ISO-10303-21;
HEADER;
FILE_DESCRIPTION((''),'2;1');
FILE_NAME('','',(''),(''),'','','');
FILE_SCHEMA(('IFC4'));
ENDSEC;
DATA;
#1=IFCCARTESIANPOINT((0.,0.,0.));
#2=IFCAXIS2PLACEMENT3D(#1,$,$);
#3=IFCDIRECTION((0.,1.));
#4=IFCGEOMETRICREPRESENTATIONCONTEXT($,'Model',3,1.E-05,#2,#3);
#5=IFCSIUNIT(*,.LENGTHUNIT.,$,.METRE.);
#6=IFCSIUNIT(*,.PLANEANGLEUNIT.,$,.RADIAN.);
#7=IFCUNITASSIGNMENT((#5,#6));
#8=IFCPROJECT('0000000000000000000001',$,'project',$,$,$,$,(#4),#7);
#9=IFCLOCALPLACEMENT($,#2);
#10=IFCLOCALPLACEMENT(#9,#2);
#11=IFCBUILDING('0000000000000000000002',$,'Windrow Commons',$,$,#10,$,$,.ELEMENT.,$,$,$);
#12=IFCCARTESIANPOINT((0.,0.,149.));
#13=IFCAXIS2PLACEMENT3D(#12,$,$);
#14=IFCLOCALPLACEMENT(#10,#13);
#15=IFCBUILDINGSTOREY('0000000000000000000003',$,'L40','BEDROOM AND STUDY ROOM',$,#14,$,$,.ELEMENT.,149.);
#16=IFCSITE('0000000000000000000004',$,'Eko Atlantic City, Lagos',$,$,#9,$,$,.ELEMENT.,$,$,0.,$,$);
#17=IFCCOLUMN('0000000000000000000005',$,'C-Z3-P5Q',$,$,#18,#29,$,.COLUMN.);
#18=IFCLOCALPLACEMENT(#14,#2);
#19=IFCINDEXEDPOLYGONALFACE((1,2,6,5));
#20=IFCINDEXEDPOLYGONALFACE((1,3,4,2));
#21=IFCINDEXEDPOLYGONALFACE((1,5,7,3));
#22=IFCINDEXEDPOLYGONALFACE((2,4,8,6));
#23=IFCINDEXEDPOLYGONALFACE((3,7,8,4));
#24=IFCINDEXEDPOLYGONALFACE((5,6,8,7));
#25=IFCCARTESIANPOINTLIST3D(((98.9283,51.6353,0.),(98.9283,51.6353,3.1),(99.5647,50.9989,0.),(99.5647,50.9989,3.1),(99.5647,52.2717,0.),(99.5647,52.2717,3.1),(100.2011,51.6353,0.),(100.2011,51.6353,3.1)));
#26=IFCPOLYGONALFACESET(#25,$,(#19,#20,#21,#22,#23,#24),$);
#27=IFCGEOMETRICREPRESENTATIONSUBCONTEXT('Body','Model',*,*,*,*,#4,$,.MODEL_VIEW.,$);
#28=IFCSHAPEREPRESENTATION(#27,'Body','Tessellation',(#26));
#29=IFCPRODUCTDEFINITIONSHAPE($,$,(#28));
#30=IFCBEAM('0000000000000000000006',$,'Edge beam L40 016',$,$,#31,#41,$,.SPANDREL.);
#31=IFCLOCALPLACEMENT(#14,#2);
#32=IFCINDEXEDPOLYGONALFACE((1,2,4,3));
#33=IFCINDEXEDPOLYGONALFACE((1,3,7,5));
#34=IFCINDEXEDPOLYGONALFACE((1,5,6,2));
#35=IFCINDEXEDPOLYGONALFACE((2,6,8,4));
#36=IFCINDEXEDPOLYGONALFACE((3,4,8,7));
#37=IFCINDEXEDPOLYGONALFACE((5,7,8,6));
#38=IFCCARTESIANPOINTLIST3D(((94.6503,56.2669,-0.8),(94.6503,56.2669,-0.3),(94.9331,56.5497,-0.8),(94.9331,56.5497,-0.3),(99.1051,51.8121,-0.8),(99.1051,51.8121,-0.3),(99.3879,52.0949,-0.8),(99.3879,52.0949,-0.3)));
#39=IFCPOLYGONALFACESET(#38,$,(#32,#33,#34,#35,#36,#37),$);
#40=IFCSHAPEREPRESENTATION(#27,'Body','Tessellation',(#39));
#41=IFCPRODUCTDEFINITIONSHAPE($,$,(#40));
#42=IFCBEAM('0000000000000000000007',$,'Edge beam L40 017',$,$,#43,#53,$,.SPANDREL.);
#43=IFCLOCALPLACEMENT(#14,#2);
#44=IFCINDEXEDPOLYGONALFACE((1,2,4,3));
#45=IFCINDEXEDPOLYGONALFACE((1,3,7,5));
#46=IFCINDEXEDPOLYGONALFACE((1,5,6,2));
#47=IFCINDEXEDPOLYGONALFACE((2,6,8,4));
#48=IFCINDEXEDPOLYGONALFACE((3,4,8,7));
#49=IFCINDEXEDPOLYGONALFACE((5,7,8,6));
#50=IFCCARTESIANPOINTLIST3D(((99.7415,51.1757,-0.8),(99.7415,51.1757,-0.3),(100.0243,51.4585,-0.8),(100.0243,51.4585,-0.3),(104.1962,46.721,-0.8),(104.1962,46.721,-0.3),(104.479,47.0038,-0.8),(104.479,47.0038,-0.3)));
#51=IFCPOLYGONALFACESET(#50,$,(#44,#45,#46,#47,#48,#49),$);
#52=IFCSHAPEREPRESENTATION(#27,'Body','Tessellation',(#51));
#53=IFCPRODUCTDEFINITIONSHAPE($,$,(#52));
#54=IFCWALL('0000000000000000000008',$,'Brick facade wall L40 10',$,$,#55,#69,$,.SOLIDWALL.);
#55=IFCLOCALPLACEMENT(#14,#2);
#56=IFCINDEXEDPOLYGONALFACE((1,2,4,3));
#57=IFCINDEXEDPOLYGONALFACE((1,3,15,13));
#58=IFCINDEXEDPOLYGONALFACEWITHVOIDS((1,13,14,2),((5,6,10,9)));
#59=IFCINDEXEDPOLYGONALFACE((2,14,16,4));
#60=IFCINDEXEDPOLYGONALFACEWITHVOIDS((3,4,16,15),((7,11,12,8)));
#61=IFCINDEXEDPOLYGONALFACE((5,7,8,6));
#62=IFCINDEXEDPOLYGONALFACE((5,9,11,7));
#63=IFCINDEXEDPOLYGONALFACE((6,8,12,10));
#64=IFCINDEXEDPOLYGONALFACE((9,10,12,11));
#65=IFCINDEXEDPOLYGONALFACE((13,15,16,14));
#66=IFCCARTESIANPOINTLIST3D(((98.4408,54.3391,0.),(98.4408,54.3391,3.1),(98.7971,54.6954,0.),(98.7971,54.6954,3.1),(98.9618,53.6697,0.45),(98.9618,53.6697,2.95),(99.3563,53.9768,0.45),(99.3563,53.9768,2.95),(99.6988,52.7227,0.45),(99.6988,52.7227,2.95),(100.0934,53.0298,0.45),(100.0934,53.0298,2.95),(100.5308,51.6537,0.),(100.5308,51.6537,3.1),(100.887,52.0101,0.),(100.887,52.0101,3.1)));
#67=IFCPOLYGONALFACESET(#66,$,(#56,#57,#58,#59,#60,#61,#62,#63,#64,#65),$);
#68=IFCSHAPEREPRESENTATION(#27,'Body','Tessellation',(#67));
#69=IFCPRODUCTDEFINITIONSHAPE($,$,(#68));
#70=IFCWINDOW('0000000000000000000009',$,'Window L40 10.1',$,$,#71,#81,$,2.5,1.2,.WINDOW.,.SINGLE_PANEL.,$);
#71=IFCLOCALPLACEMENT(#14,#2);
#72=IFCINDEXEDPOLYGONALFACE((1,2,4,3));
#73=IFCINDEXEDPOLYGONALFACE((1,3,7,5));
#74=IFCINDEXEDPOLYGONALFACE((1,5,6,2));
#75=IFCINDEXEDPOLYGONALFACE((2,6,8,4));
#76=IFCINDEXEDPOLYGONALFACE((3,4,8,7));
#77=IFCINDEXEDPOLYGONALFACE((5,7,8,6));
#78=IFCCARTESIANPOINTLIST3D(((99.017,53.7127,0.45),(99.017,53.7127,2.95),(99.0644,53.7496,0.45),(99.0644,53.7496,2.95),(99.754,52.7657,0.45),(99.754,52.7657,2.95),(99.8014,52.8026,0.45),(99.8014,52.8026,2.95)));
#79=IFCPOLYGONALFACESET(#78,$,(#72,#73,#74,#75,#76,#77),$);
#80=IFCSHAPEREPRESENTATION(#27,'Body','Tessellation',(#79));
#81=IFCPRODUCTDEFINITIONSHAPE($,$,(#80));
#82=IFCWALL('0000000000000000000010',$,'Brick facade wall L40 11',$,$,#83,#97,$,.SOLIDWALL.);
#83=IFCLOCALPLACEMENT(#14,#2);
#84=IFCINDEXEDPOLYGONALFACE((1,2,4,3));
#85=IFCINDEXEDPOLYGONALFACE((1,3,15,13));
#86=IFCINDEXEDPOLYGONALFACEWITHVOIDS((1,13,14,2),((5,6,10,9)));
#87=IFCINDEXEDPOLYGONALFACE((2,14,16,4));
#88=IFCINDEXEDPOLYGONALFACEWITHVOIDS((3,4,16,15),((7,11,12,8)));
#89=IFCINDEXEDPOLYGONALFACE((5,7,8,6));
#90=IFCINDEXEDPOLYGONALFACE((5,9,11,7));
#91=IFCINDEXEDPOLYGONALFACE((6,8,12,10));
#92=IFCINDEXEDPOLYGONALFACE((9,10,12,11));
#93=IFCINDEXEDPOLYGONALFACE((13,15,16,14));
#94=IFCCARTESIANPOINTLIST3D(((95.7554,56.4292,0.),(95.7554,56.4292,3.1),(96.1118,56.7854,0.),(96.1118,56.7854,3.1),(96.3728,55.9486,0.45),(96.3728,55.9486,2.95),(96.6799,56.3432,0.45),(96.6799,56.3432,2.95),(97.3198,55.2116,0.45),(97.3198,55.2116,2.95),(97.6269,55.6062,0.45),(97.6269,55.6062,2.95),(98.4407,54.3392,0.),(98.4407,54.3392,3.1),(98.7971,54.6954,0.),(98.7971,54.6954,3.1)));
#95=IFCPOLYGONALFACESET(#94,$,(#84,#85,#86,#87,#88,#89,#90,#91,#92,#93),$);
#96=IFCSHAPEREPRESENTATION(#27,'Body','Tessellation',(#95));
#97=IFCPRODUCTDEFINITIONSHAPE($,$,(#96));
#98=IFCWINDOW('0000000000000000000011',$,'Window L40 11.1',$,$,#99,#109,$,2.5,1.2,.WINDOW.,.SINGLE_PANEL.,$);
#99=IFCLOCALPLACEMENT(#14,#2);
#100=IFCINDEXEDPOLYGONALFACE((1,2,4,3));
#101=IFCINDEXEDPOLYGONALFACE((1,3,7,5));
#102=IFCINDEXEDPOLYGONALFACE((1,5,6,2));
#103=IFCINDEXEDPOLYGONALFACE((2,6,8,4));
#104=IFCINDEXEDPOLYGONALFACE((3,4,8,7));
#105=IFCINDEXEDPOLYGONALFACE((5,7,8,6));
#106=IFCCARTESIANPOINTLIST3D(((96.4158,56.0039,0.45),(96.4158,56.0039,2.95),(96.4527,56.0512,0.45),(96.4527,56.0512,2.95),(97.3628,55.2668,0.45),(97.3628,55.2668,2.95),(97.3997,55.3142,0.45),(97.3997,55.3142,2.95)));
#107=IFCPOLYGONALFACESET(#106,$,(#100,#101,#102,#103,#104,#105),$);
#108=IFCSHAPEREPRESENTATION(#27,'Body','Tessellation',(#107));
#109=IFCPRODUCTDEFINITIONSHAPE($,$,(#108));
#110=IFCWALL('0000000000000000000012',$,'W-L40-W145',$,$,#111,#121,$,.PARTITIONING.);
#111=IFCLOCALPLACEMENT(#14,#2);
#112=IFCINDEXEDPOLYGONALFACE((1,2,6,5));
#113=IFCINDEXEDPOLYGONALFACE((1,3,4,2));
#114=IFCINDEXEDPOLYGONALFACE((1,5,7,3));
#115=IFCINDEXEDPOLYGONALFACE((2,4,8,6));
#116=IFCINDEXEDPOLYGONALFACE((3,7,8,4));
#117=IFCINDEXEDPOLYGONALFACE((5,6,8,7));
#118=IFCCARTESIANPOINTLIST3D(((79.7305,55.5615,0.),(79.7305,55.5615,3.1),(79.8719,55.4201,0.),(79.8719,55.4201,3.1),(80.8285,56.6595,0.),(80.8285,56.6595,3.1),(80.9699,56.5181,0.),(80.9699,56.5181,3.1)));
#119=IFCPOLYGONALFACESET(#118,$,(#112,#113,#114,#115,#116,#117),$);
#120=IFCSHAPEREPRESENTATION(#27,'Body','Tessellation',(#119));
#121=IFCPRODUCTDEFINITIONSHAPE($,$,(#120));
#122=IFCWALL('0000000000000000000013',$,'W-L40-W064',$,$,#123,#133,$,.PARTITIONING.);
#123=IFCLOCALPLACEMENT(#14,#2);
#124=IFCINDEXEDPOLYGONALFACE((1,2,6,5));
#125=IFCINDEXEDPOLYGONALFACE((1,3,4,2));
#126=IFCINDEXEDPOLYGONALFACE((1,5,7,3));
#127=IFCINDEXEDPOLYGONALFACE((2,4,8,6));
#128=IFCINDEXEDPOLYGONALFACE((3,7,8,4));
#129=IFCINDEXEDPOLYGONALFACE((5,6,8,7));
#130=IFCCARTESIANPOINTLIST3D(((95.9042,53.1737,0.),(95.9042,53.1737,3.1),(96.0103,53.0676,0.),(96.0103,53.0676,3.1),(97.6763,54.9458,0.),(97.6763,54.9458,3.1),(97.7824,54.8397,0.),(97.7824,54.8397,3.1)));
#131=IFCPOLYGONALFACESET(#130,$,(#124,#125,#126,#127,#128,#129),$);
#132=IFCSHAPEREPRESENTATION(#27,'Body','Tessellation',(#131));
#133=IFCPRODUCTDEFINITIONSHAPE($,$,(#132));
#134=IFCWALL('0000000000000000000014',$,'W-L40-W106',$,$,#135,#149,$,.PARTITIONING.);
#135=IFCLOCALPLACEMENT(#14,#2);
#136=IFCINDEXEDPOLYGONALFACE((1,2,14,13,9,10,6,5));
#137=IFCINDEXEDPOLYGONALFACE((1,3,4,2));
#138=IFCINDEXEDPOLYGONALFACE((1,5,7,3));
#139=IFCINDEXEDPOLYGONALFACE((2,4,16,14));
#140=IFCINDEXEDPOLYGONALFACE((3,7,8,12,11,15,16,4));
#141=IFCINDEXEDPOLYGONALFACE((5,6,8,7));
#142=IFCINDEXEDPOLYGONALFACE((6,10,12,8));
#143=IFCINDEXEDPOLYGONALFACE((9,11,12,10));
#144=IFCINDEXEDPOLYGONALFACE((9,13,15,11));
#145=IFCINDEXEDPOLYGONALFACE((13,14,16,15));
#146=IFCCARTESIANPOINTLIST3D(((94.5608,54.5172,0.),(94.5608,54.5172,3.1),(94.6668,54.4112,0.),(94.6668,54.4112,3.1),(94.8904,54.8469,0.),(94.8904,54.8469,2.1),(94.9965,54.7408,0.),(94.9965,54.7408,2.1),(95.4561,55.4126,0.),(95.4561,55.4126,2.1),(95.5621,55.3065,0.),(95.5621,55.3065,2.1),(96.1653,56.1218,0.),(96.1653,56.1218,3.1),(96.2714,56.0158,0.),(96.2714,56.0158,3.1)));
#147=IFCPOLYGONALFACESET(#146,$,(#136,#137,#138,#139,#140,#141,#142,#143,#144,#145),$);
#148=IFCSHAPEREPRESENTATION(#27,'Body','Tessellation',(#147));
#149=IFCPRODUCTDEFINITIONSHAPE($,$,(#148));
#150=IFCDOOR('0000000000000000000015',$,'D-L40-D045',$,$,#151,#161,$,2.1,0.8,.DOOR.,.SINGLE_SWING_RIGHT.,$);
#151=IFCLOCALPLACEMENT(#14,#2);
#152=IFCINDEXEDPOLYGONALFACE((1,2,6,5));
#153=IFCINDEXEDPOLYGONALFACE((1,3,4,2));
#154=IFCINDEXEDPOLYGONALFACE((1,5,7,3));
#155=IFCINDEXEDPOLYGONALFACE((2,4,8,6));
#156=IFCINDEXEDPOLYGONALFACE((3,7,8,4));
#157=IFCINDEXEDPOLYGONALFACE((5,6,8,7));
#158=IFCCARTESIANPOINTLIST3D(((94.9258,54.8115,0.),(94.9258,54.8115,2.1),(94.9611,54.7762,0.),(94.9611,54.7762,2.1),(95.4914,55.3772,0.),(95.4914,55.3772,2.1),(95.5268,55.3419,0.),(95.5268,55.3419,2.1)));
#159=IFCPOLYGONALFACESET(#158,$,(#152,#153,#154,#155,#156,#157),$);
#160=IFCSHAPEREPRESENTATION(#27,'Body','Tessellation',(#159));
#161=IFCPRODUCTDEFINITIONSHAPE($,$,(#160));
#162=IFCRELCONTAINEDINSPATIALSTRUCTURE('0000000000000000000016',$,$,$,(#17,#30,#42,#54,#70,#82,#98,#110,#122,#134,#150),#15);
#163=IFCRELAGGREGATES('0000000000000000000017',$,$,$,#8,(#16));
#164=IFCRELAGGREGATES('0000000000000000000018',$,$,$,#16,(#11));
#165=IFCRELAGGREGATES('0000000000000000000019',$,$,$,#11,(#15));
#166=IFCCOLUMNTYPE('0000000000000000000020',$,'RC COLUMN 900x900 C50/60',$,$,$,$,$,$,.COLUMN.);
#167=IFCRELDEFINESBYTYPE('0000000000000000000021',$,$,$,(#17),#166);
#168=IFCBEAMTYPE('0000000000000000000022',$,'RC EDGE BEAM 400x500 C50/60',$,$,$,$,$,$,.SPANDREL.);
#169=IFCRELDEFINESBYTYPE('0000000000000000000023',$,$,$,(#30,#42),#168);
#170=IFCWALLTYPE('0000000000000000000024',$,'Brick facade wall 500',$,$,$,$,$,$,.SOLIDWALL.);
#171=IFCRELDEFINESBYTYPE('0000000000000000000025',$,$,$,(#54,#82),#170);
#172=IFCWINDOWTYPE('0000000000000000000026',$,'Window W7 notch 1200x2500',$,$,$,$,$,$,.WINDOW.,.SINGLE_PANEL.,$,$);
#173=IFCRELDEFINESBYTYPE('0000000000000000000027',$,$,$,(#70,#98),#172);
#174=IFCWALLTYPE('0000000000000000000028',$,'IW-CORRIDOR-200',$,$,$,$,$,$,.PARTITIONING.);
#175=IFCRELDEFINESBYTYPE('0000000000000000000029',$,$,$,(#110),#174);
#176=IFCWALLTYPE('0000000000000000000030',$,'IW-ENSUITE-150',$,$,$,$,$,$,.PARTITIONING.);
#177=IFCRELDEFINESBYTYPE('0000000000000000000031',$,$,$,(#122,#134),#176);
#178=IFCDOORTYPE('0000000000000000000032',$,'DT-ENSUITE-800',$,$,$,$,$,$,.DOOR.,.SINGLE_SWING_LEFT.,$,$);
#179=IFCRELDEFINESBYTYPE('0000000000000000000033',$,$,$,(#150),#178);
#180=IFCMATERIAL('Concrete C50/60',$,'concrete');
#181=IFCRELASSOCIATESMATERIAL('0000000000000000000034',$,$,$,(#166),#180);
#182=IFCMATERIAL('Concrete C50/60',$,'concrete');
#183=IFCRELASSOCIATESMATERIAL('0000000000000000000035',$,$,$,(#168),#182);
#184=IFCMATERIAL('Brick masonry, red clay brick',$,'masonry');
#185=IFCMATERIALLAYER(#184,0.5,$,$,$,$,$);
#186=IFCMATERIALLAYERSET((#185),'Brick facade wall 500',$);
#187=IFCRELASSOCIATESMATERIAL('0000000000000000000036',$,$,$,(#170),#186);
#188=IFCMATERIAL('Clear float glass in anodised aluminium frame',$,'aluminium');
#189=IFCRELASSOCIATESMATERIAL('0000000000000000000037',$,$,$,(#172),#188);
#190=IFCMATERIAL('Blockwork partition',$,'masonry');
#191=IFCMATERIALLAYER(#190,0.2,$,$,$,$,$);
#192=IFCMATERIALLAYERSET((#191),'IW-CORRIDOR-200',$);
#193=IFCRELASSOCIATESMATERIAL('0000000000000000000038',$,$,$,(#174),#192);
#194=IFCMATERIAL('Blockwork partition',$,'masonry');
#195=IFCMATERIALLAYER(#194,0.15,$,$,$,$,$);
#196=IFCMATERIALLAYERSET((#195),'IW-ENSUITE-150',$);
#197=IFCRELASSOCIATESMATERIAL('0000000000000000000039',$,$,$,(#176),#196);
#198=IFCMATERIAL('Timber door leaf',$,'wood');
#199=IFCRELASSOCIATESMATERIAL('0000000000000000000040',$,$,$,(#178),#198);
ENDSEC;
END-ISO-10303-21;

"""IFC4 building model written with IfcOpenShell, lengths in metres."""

from ifc_helpers import new_model, si_unit, direction, frame, frame_2d, origin, origin_2d, place, context, subcontext, project, spatial, polyline, rectangle, outline, extrude, material, layer, layer_set, material_profile, profile_set, type_object, element, fill, save


model = new_model("IFC4")

# Units and contexts
model_context = context("Model", 3, precision=1e-05, world=origin(), true_north=direction((0.0, 1.0)))
body_context = subcontext(model_context, "Body", "Model", "MODEL_VIEW")
ifc_project = project(units=[si_unit("LENGTHUNIT", "METRE"), si_unit("PLANEANGLEUNIT", "RADIAN")], contexts=[model_context])

# Site, building, storey
site_placement = place(None, origin())
site = spatial("IfcSite", under=ifc_project, at=site_placement, Name="Eko Atlantic City, Lagos", CompositionType="ELEMENT", RefElevation=0.0)
building_placement = place(site_placement, origin())
building = spatial("IfcBuilding", under=site, at=building_placement, Name="Windrow Commons", CompositionType="ELEMENT")
storey_placement = place(building_placement, frame((0.0, 0.0, 149.0)))
storey = spatial("IfcBuildingStorey", under=building, at=storey_placement, Name="L40", Description="BEDROOM AND STUDY ROOM", CompositionType="ELEMENT", Elevation=149.0)

# Column
ifc_material_1 = material(Name="Concrete C50/60", Category="concrete")
ifc_material_profile_1 = material_profile(ifc_material_1, rectangle(XDim=0.9, YDim=0.9, at=origin_2d()))
ifc_profile_set_1 = profile_set([ifc_material_profile_1], Name="Concrete C50/60")
column_type = type_object("IfcColumnType", Name="RC COLUMN 900x900 C50/60", PredefinedType="COLUMN", material=ifc_profile_set_1)
column_placement = place(storey_placement, frame((99.5647, 51.6353, 0.0), z_axis=(0.0, 0.0, 1.0), x_axis=(0.707107, -0.707107, 0.0)))
element("IfcColumn", 1, at=column_placement, inside=storey, type_object=column_type, Name="C-Z3-P5Q", PredefinedType="COLUMN", context=body_context, shape_type="SweptSolid", body=[
    extrude(rectangle(XDim=0.9, YDim=0.9, at=origin_2d()), origin(), (0.0, 0.0, 1.0), 3.1),
])

# Beams
ifc_material_2 = material(Name="Concrete C50/60", Category="concrete")
ifc_material_profile_2 = material_profile(ifc_material_2, rectangle(XDim=0.4, YDim=0.5, at=origin_2d()))
ifc_profile_set_2 = profile_set([ifc_material_profile_2], Name="Concrete C50/60")
beam_type = type_object("IfcBeamType", Name="RC EDGE BEAM 400x500 C50/60", PredefinedType="SPANDREL", material=ifc_profile_set_2)
beam_1_placement = place(storey_placement, frame((94.7917, 56.4083, -0.55), z_axis=(0.707107, -0.707107, 0.0), x_axis=(0.707107, 0.707107, 0.0)))
element("IfcBeam", 2, at=beam_1_placement, inside=storey, type_object=beam_type, Name="Edge beam L40 016", PredefinedType="SPANDREL", context=body_context, shape_type="SweptSolid", body=[
    extrude(rectangle(XDim=0.4, YDim=0.5, at=origin_2d()), origin(), (0.0, 0.0, 1.0), 6.3),
])
beam_2_placement = place(storey_placement, frame((99.8829, 51.3171, -0.55), z_axis=(0.707107, -0.707107, 0.0), x_axis=(0.707107, 0.707107, 0.0)))
element("IfcBeam", 3, at=beam_2_placement, inside=storey, type_object=beam_type, Name="Edge beam L40 017", PredefinedType="SPANDREL", context=body_context, shape_type="SweptSolid", body=[
    extrude(rectangle(XDim=0.4, YDim=0.5, at=origin_2d()), origin(), (0.0, 0.0, 1.0), 6.2999),
])

# Walls, openings, windows
ifc_material_3 = material(Name="Brick masonry, red clay brick", Category="masonry")
ifc_layer_1 = layer(ifc_material_3, 0.5)
ifc_layer_set_1 = layer_set([ifc_layer_1], Name="Brick facade wall 500")
wall_type_1 = type_object("IfcWallType", Name="Brick facade wall 500", PredefinedType="SOLIDWALL", material=ifc_layer_set_1)
wall_1_placement = place(storey_placement, frame((100.7089, 51.8319, 0.0), z_axis=(0.0, 0.0, 1.0), x_axis=(-0.614189, 0.789159, 0.0)))
wall_1 = element("IfcWall", 4, at=wall_1_placement, inside=storey, type_object=wall_type_1, Name="Brick facade wall L40 10", PredefinedType="SOLIDWALL", context=body_context, shape_type="SweptSolid", body=[
    extrude(outline(polyline([(0.0312, -0.25), (3.434, -0.25), (3.3716, 0.25), (-0.0312, 0.25), (0.0312, -0.25)])), origin(), (0.0, 0.0, 1.0), 3.1),
])
opening_1_placement = place(wall_1_placement, frame((1.3234, 0.0, 0.45)))
opening_1 = element("IfcOpeningElement", 5, at=opening_1_placement, cuts=wall_1, PredefinedType="OPENING", context=body_context, shape_type="SweptSolid", body=[
    extrude(rectangle(XDim=1.2, YDim=2.5, at=frame_2d((0.6, 1.25))), frame((0.0, 0.26, 0.0), z_axis=(0.0, -1.0, 0.0), x_axis=(1.0, 0.0, 0.0)), (0.0, 0.0, 1.0), 0.52),
])
ifc_material_4 = material(Name="Clear float glass in anodised aluminium frame", Category="aluminium")
window_type = type_object("IfcWindowType", Name="Window W7 notch 1200x2500", PartitioningType="SINGLE_PANEL", PredefinedType="WINDOW", material=ifc_material_4)
window_1_placement = place(opening_1_placement, origin())
window_1 = element("IfcWindow", 6, at=window_1_placement, inside=storey, type_object=window_type, Name="Window L40 10.1", OverallHeight=2.5, OverallWidth=1.2, PartitioningType="SINGLE_PANEL", PredefinedType="WINDOW", context=body_context, shape_type="SweptSolid", body=[
    extrude(rectangle(XDim=1.2, YDim=2.5, at=frame_2d((0.6, 1.25))), frame((0.0, 0.18, 0.0), z_axis=(0.0, -1.0, 0.0), x_axis=(1.0, 0.0, 0.0)), (0.0, 0.0, 1.0), 0.06),
])
fill(opening_1, window_1)
wall_2_placement = place(storey_placement, frame((98.6189, 54.5173, 0.0), z_axis=(0.0, 0.0, 1.0), x_axis=(-0.789148, 0.614203, 0.0)))
wall_2 = element("IfcWall", 7, at=wall_2_placement, inside=storey, type_object=wall_type_1, Name="Brick facade wall L40 11", PredefinedType="SOLIDWALL", context=body_context, shape_type="SweptSolid", body=[
    extrude(outline(polyline([(-0.0312, -0.25), (3.3716, -0.25), (3.434, 0.25), (0.0312, 0.25), (-0.0312, -0.25)])), origin(), (0.0, 0.0, 1.0), 3.1),
])
opening_2_placement = place(wall_2_placement, frame((1.4516, 0.0, 0.45)))
opening_2 = element("IfcOpeningElement", 8, at=opening_2_placement, cuts=wall_2, PredefinedType="OPENING", context=body_context, shape_type="SweptSolid", body=[
    extrude(rectangle(XDim=1.2, YDim=2.5, at=frame_2d((0.6, 1.25))), frame((0.0, 0.26, 0.0), z_axis=(0.0, -1.0, 0.0), x_axis=(1.0, 0.0, 0.0)), (0.0, 0.0, 1.0), 0.52),
])
window_2_placement = place(opening_2_placement, origin())
window_2 = element("IfcWindow", 9, at=window_2_placement, inside=storey, type_object=window_type, Name="Window L40 11.1", OverallHeight=2.5, OverallWidth=1.2, PartitioningType="SINGLE_PANEL", PredefinedType="WINDOW", context=body_context, shape_type="SweptSolid", body=[
    extrude(rectangle(XDim=1.2, YDim=2.5, at=frame_2d((0.6, 1.25))), frame((0.0, 0.18, 0.0), z_axis=(0.0, -1.0, 0.0), x_axis=(1.0, 0.0, 0.0)), (0.0, 0.0, 1.0), 0.06),
])
fill(opening_2, window_2)

# Walls
ifc_material_5 = material(Name="Blockwork partition", Category="masonry")
ifc_layer_2 = layer(ifc_material_5, 0.2)
ifc_layer_set_2 = layer_set([ifc_layer_2], Name="IW-CORRIDOR-200")
wall_type_2 = type_object("IfcWallType", Name="IW-CORRIDOR-200", PredefinedType="PARTITIONING", material=ifc_layer_set_2)
wall_3_placement = place(storey_placement, frame((79.8012, 55.4908, 0.0), z_axis=(0.0, 0.0, 1.0), x_axis=(0.707107, 0.707107, 0.0)))
element("IfcWall", 10, at=wall_3_placement, inside=storey, type_object=wall_type_2, Name="W-L40-W145", PredefinedType="PARTITIONING", context=body_context, shape_type="SweptSolid", body=[
    extrude(rectangle(XDim=1.5528, YDim=0.2, at=frame_2d((0.7764, 0.0))), origin(), (0.0, 0.0, 1.0), 3.1),
])
ifc_material_6 = material(Name="Blockwork partition", Category="masonry")
ifc_layer_3 = layer(ifc_material_6, 0.15)
ifc_layer_set_3 = layer_set([ifc_layer_3], Name="IW-ENSUITE-150")
wall_type_3 = type_object("IfcWallType", Name="IW-ENSUITE-150", PredefinedType="PARTITIONING", material=ifc_layer_set_3)
wall_4_placement = place(storey_placement, frame((95.9573, 53.1207, 0.0), z_axis=(0.0, 0.0, 1.0), x_axis=(0.707107, 0.707107, 0.0)))
element("IfcWall", 11, at=wall_4_placement, inside=storey, type_object=wall_type_3, Name="W-L40-W064", PredefinedType="PARTITIONING", context=body_context, shape_type="SweptSolid", body=[
    extrude(rectangle(XDim=2.5061, YDim=0.15, at=frame_2d((1.253, 0.0))), origin(), (0.0, 0.0, 1.0), 3.1),
])

# Wall, opening, door
wall_5_placement = place(storey_placement, frame((94.6138, 54.4642, 0.0), z_axis=(0.0, 0.0, 1.0), x_axis=(0.707085, 0.707129, 0.0)))
wall_5 = element("IfcWall", 12, at=wall_5_placement, inside=storey, type_object=wall_type_3, Name="W-L40-W106", PredefinedType="PARTITIONING", context=body_context, shape_type="SweptSolid", body=[
    extrude(rectangle(XDim=2.2692, YDim=0.15, at=frame_2d((1.1346, 0.0))), origin(), (0.0, 0.0, 1.0), 3.1),
])
opening_3_placement = place(wall_5_placement, frame((0.4662, 0.0, 0.0)))
opening_3 = element("IfcOpeningElement", 13, at=opening_3_placement, cuts=wall_5, PredefinedType="OPENING", context=body_context, shape_type="SweptSolid", body=[
    extrude(rectangle(XDim=0.8, YDim=2.1, at=frame_2d((0.4, 1.05))), frame((0.0, 0.085, 0.0), z_axis=(0.0, -1.0, 0.0), x_axis=(1.0, 0.0, 0.0)), (0.0, 0.0, 1.0), 0.17),
])
ifc_material_7 = material(Name="Timber door leaf", Category="wood")
door_type_1 = type_object("IfcDoorType", Name="DT-ENSUITE-800", OperationType="SINGLE_SWING_LEFT", PredefinedType="DOOR", material=ifc_material_7)
door_1_placement = place(opening_3_placement, origin())
door_1 = element("IfcDoor", 14, at=door_1_placement, inside=storey, type_object=door_type_1, Name="D-L40-D045", OperationType="SINGLE_SWING_RIGHT", OverallHeight=2.1, OverallWidth=0.8, PredefinedType="DOOR", context=body_context, shape_type="SweptSolid", body=[
    extrude(rectangle(XDim=0.8, YDim=2.1, at=frame_2d((0.4, 1.05))), frame((0.0, 0.025, 0.0), z_axis=(0.0, -1.0, 0.0), x_axis=(1.0, 0.0, 0.0)), (0.0, 0.0, 1.0), 0.05),
])
fill(opening_3, door_1)

save(model, "model.ifc")
